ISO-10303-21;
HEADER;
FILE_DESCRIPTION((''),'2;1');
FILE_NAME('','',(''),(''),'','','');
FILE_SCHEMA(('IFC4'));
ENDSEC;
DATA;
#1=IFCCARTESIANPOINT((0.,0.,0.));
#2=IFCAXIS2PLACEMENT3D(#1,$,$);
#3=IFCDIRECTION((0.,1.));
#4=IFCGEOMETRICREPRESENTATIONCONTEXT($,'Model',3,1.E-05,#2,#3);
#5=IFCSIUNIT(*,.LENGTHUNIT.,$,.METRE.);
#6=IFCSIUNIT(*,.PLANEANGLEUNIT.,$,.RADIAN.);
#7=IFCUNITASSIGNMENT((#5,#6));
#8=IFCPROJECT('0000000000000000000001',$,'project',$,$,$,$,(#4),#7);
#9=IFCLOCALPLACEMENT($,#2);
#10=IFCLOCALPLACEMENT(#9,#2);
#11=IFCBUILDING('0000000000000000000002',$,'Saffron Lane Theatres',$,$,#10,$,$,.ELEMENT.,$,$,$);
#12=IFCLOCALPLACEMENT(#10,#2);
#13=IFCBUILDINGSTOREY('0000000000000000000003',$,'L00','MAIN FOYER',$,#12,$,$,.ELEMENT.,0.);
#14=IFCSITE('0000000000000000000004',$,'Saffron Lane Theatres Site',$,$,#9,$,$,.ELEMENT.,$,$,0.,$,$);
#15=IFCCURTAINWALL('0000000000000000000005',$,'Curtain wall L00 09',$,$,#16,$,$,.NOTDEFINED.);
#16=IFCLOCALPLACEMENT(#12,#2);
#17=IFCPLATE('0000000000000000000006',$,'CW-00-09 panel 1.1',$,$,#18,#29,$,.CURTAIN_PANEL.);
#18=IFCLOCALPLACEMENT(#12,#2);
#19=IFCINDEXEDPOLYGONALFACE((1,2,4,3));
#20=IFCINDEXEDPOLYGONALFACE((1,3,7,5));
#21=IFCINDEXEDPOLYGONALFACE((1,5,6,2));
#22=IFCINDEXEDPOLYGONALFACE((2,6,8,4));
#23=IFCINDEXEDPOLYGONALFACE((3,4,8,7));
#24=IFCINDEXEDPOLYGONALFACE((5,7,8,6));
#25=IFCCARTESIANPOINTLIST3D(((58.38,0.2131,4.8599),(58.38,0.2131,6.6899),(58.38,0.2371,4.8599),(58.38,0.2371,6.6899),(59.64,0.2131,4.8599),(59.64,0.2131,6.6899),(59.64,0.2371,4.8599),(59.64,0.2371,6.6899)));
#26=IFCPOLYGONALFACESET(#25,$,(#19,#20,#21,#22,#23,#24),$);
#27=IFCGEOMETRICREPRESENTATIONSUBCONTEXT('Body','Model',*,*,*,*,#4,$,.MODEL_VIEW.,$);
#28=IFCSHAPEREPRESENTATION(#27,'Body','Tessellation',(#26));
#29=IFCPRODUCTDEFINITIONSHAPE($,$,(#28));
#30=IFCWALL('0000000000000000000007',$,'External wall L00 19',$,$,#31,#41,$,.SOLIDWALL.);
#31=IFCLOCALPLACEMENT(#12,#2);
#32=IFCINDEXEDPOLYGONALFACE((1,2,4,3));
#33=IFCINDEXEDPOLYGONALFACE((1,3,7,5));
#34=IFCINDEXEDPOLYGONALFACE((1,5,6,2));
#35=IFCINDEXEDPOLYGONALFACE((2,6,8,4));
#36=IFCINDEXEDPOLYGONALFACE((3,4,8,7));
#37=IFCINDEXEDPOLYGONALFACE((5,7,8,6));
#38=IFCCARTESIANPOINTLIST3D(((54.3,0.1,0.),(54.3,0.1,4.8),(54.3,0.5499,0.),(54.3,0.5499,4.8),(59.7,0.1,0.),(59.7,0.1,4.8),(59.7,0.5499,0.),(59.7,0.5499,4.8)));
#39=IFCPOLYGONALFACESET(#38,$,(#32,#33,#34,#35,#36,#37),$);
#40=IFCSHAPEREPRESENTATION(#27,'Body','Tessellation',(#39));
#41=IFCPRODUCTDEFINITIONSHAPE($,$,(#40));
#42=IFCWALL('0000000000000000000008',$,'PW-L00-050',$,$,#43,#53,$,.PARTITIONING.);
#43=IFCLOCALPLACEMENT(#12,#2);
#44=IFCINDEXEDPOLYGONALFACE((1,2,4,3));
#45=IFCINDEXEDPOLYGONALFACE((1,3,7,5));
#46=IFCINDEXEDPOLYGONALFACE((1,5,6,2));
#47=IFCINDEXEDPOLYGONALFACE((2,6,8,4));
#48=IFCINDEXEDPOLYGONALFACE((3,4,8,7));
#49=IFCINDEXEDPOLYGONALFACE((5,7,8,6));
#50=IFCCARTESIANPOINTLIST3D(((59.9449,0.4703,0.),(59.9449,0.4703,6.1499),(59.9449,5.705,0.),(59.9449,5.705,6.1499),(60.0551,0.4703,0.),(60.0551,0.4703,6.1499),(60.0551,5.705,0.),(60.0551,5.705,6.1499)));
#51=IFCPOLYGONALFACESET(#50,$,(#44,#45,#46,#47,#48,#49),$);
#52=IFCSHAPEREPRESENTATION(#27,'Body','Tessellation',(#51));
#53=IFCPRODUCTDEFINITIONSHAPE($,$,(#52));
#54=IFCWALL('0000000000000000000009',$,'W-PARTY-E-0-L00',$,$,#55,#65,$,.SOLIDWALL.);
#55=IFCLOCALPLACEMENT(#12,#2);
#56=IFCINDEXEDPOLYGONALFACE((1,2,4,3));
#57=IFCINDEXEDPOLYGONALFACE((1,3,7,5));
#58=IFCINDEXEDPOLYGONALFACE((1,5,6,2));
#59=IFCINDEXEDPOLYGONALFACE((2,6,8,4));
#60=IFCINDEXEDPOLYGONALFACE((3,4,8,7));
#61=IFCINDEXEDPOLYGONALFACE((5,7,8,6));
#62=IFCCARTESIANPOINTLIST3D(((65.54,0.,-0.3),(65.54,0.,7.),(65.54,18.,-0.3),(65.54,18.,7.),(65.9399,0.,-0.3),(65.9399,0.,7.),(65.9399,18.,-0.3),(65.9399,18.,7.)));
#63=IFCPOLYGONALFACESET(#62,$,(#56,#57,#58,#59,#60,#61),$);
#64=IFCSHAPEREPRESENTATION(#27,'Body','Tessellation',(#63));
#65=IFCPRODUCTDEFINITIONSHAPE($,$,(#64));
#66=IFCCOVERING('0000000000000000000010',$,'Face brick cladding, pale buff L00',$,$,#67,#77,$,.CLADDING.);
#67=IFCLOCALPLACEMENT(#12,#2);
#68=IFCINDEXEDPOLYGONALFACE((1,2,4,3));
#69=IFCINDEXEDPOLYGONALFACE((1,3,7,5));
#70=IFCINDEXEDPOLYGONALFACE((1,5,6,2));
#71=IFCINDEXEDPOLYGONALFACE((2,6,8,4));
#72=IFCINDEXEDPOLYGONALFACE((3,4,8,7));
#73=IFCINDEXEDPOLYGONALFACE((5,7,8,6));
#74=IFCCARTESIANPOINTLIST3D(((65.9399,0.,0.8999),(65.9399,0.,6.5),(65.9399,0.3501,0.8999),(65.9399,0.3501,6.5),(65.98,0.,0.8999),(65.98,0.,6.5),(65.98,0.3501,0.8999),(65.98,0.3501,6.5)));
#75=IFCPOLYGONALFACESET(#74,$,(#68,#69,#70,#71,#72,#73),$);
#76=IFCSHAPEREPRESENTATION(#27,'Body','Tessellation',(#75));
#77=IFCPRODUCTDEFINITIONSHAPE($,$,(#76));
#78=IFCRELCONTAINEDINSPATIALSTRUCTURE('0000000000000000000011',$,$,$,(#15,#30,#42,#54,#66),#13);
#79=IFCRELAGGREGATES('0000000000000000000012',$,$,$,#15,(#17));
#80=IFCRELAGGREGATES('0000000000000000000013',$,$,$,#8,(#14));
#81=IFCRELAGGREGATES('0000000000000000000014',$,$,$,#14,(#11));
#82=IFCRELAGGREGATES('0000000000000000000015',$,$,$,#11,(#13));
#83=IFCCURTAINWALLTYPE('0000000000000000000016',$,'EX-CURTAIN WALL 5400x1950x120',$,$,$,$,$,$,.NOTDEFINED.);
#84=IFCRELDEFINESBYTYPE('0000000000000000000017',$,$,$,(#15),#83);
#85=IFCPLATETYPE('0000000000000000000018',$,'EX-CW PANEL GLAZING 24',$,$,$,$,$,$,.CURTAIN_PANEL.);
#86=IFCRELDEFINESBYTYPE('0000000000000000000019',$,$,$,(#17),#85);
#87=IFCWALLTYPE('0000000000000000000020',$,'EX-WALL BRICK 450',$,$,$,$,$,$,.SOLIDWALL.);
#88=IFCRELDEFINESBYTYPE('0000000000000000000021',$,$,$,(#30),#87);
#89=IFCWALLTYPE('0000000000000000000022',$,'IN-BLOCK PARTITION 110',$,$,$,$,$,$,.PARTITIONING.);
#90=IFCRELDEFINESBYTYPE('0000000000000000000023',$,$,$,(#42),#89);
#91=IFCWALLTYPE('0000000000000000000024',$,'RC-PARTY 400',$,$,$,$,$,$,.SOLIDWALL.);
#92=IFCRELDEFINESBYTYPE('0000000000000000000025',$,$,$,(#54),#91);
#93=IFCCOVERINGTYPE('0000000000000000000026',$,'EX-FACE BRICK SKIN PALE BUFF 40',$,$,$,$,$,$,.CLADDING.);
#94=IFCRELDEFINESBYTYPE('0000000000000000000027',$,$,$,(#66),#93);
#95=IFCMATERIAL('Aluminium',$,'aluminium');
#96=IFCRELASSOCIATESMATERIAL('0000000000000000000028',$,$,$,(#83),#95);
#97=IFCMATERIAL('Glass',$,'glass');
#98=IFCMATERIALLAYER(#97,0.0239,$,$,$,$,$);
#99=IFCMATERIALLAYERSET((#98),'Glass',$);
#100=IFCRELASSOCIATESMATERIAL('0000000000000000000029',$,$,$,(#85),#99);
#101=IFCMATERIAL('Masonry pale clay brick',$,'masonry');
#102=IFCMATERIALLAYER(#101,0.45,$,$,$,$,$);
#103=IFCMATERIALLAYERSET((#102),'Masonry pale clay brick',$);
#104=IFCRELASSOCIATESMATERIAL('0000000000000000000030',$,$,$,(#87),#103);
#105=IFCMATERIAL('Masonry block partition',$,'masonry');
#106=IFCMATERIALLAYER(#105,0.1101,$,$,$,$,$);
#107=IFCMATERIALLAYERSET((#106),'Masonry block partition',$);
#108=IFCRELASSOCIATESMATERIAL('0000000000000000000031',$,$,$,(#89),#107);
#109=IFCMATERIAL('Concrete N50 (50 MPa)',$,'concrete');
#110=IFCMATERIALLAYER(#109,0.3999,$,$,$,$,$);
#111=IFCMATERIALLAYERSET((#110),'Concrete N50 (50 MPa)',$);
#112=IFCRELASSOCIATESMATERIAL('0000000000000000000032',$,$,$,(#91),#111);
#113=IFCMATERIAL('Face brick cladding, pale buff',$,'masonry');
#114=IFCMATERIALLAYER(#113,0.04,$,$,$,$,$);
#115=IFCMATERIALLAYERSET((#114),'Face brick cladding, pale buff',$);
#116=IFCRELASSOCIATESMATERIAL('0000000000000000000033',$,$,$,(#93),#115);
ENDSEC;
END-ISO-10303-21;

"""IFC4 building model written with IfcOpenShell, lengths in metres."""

from ifc_helpers import new_model, si_unit, direction, frame, frame_2d, origin, origin_2d, place, context, subcontext, project, spatial, rectangle, extrude, material, layer, layer_set, type_object, element, aggregate, save


model = new_model("IFC4")

# Units and contexts
model_context = context("Model", 3, precision=1e-05, world=origin(), true_north=direction((0.0, 1.0)))
body_context = subcontext(model_context, "Body", "Model", "MODEL_VIEW")
ifc_project = project(units=[si_unit("LENGTHUNIT", "METRE"), si_unit("PLANEANGLEUNIT", "RADIAN")], contexts=[model_context])

# Site, building, storey
site_placement = place(None, origin())
site = spatial("IfcSite", under=ifc_project, at=site_placement, Name="Saffron Lane Theatres Site", CompositionType="ELEMENT", RefElevation=0.0)
building_placement = place(site_placement, origin())
building = spatial("IfcBuilding", under=site, at=building_placement, Name="Saffron Lane Theatres", CompositionType="ELEMENT")
storey_placement = place(building_placement, origin())
storey = spatial("IfcBuildingStorey", under=building, at=storey_placement, Name="L00", Description="MAIN FOYER", CompositionType="ELEMENT", Elevation=0.0)

# Curtain wall, plate
ifc_material_1 = material(Name="Aluminium", Category="aluminium")
curtain_wall_type = type_object("IfcCurtainWallType", Name="EX-CURTAIN WALL 5400x1950x120", PredefinedType="NOTDEFINED", material=ifc_material_1)
curtain_wall_placement = place(storey_placement, origin())
curtain_wall = element("IfcCurtainWall", 1, at=curtain_wall_placement, inside=storey, type_object=curtain_wall_type, Name="Curtain wall L00 09", PredefinedType="NOTDEFINED")
ifc_material_2 = material(Name="Glass", Category="glass")
ifc_layer_1 = layer(ifc_material_2, 0.0239)
ifc_layer_set_1 = layer_set([ifc_layer_1], Name="Glass")
plate_type = type_object("IfcPlateType", Name="EX-CW PANEL GLAZING 24", PredefinedType="CURTAIN_PANEL", material=ifc_layer_set_1)
plate_placement = place(storey_placement, frame((59.01, 0.2251, 4.8599), z_axis=(0.0, 0.0, 1.0), x_axis=(-1.0, 0.0, 0.0)))
plate = element("IfcPlate", 2, at=plate_placement, type_object=plate_type, Name="CW-00-09 panel 1.1", PredefinedType="CURTAIN_PANEL", context=body_context, shape_type="SweptSolid", body=[
    extrude(rectangle(XDim=1.26, YDim=0.0239, at=origin_2d()), origin(), (0.0, 0.0, 1.0), 1.8301),
])
aggregate(curtain_wall, [plate])

# Walls
ifc_material_3 = material(Name="Masonry pale clay brick", Category="masonry")
ifc_layer_2 = layer(ifc_material_3, 0.45)
ifc_layer_set_2 = layer_set([ifc_layer_2], Name="Masonry pale clay brick")
wall_type_1 = type_object("IfcWallType", Name="EX-WALL BRICK 450", PredefinedType="SOLIDWALL", material=ifc_layer_set_2)
wall_1_placement = place(storey_placement, frame((59.7, 0.325, 0.0), z_axis=(0.0, 0.0, 1.0), x_axis=(-1.0, 0.0, 0.0)))
element("IfcWall", 3, at=wall_1_placement, inside=storey, type_object=wall_type_1, Name="External wall L00 19", PredefinedType="SOLIDWALL", context=body_context, shape_type="SweptSolid", body=[
    extrude(rectangle(XDim=5.3999, YDim=0.45, at=frame_2d((2.7, 0.0))), origin(), (0.0, 0.0, 1.0), 4.8),
])
ifc_material_4 = material(Name="Masonry block partition", Category="masonry")
ifc_layer_3 = layer(ifc_material_4, 0.1101)
ifc_layer_set_3 = layer_set([ifc_layer_3], Name="Masonry block partition")
wall_type_2 = type_object("IfcWallType", Name="IN-BLOCK PARTITION 110", PredefinedType="PARTITIONING", material=ifc_layer_set_3)
wall_2_placement = place(storey_placement, frame((60.0, 0.4705, 0.0), z_axis=(0.0, 0.0, 1.0), x_axis=(0.0, 1.0, 0.0)))
element("IfcWall", 4, at=wall_2_placement, inside=storey, type_object=wall_type_2, Name="PW-L00-050", PredefinedType="PARTITIONING", context=body_context, shape_type="SweptSolid", body=[
    extrude(rectangle(XDim=5.2346, YDim=0.1101, at=frame_2d((2.6172, 0.0))), origin(), (0.0, 0.0, 1.0), 6.1499),
])
ifc_material_5 = material(Name="Concrete N50 (50 MPa)", Category="concrete")
ifc_layer_4 = layer(ifc_material_5, 0.3999)
ifc_layer_set_4 = layer_set([ifc_layer_4], Name="Concrete N50 (50 MPa)")
wall_type_3 = type_object("IfcWallType", Name="RC-PARTY 400", PredefinedType="SOLIDWALL", material=ifc_layer_set_4)
wall_3_placement = place(storey_placement, frame((65.74, 0.0, -0.3), z_axis=(0.0, 0.0, 1.0), x_axis=(0.0, 1.0, 0.0)))
element("IfcWall", 5, at=wall_3_placement, inside=storey, type_object=wall_type_3, Name="W-PARTY-E-0-L00", PredefinedType="SOLIDWALL", context=body_context, shape_type="SweptSolid", body=[
    extrude(rectangle(XDim=18.0, YDim=0.3999, at=frame_2d((9.0, 0.0))), origin(), (0.0, 0.0, 1.0), 7.3),
])

# Covering
ifc_material_6 = material(Name="Face brick cladding, pale buff", Category="masonry")
ifc_layer_5 = layer(ifc_material_6, 0.04)
ifc_layer_set_5 = layer_set([ifc_layer_5], Name="Face brick cladding, pale buff")
covering_type_1 = type_object("IfcCoveringType", Name="EX-FACE BRICK SKIN PALE BUFF 40", PredefinedType="CLADDING", material=ifc_layer_set_5)
covering_1_placement = place(storey_placement, frame((65.96, 0.175, 0.8999), z_axis=(0.0, 0.0, 1.0), x_axis=(0.0, 1.0, 0.0)))
element("IfcCovering", 6, at=covering_1_placement, inside=storey, type_object=covering_type_1, Name="Face brick cladding, pale buff L00", PredefinedType="CLADDING", context=body_context, shape_type="SweptSolid", body=[
    extrude(rectangle(XDim=0.3501, YDim=0.04, at=origin_2d()), origin(), (0.0, 0.0, 1.0), 5.6001),
])

save(model, "model.ifc")
